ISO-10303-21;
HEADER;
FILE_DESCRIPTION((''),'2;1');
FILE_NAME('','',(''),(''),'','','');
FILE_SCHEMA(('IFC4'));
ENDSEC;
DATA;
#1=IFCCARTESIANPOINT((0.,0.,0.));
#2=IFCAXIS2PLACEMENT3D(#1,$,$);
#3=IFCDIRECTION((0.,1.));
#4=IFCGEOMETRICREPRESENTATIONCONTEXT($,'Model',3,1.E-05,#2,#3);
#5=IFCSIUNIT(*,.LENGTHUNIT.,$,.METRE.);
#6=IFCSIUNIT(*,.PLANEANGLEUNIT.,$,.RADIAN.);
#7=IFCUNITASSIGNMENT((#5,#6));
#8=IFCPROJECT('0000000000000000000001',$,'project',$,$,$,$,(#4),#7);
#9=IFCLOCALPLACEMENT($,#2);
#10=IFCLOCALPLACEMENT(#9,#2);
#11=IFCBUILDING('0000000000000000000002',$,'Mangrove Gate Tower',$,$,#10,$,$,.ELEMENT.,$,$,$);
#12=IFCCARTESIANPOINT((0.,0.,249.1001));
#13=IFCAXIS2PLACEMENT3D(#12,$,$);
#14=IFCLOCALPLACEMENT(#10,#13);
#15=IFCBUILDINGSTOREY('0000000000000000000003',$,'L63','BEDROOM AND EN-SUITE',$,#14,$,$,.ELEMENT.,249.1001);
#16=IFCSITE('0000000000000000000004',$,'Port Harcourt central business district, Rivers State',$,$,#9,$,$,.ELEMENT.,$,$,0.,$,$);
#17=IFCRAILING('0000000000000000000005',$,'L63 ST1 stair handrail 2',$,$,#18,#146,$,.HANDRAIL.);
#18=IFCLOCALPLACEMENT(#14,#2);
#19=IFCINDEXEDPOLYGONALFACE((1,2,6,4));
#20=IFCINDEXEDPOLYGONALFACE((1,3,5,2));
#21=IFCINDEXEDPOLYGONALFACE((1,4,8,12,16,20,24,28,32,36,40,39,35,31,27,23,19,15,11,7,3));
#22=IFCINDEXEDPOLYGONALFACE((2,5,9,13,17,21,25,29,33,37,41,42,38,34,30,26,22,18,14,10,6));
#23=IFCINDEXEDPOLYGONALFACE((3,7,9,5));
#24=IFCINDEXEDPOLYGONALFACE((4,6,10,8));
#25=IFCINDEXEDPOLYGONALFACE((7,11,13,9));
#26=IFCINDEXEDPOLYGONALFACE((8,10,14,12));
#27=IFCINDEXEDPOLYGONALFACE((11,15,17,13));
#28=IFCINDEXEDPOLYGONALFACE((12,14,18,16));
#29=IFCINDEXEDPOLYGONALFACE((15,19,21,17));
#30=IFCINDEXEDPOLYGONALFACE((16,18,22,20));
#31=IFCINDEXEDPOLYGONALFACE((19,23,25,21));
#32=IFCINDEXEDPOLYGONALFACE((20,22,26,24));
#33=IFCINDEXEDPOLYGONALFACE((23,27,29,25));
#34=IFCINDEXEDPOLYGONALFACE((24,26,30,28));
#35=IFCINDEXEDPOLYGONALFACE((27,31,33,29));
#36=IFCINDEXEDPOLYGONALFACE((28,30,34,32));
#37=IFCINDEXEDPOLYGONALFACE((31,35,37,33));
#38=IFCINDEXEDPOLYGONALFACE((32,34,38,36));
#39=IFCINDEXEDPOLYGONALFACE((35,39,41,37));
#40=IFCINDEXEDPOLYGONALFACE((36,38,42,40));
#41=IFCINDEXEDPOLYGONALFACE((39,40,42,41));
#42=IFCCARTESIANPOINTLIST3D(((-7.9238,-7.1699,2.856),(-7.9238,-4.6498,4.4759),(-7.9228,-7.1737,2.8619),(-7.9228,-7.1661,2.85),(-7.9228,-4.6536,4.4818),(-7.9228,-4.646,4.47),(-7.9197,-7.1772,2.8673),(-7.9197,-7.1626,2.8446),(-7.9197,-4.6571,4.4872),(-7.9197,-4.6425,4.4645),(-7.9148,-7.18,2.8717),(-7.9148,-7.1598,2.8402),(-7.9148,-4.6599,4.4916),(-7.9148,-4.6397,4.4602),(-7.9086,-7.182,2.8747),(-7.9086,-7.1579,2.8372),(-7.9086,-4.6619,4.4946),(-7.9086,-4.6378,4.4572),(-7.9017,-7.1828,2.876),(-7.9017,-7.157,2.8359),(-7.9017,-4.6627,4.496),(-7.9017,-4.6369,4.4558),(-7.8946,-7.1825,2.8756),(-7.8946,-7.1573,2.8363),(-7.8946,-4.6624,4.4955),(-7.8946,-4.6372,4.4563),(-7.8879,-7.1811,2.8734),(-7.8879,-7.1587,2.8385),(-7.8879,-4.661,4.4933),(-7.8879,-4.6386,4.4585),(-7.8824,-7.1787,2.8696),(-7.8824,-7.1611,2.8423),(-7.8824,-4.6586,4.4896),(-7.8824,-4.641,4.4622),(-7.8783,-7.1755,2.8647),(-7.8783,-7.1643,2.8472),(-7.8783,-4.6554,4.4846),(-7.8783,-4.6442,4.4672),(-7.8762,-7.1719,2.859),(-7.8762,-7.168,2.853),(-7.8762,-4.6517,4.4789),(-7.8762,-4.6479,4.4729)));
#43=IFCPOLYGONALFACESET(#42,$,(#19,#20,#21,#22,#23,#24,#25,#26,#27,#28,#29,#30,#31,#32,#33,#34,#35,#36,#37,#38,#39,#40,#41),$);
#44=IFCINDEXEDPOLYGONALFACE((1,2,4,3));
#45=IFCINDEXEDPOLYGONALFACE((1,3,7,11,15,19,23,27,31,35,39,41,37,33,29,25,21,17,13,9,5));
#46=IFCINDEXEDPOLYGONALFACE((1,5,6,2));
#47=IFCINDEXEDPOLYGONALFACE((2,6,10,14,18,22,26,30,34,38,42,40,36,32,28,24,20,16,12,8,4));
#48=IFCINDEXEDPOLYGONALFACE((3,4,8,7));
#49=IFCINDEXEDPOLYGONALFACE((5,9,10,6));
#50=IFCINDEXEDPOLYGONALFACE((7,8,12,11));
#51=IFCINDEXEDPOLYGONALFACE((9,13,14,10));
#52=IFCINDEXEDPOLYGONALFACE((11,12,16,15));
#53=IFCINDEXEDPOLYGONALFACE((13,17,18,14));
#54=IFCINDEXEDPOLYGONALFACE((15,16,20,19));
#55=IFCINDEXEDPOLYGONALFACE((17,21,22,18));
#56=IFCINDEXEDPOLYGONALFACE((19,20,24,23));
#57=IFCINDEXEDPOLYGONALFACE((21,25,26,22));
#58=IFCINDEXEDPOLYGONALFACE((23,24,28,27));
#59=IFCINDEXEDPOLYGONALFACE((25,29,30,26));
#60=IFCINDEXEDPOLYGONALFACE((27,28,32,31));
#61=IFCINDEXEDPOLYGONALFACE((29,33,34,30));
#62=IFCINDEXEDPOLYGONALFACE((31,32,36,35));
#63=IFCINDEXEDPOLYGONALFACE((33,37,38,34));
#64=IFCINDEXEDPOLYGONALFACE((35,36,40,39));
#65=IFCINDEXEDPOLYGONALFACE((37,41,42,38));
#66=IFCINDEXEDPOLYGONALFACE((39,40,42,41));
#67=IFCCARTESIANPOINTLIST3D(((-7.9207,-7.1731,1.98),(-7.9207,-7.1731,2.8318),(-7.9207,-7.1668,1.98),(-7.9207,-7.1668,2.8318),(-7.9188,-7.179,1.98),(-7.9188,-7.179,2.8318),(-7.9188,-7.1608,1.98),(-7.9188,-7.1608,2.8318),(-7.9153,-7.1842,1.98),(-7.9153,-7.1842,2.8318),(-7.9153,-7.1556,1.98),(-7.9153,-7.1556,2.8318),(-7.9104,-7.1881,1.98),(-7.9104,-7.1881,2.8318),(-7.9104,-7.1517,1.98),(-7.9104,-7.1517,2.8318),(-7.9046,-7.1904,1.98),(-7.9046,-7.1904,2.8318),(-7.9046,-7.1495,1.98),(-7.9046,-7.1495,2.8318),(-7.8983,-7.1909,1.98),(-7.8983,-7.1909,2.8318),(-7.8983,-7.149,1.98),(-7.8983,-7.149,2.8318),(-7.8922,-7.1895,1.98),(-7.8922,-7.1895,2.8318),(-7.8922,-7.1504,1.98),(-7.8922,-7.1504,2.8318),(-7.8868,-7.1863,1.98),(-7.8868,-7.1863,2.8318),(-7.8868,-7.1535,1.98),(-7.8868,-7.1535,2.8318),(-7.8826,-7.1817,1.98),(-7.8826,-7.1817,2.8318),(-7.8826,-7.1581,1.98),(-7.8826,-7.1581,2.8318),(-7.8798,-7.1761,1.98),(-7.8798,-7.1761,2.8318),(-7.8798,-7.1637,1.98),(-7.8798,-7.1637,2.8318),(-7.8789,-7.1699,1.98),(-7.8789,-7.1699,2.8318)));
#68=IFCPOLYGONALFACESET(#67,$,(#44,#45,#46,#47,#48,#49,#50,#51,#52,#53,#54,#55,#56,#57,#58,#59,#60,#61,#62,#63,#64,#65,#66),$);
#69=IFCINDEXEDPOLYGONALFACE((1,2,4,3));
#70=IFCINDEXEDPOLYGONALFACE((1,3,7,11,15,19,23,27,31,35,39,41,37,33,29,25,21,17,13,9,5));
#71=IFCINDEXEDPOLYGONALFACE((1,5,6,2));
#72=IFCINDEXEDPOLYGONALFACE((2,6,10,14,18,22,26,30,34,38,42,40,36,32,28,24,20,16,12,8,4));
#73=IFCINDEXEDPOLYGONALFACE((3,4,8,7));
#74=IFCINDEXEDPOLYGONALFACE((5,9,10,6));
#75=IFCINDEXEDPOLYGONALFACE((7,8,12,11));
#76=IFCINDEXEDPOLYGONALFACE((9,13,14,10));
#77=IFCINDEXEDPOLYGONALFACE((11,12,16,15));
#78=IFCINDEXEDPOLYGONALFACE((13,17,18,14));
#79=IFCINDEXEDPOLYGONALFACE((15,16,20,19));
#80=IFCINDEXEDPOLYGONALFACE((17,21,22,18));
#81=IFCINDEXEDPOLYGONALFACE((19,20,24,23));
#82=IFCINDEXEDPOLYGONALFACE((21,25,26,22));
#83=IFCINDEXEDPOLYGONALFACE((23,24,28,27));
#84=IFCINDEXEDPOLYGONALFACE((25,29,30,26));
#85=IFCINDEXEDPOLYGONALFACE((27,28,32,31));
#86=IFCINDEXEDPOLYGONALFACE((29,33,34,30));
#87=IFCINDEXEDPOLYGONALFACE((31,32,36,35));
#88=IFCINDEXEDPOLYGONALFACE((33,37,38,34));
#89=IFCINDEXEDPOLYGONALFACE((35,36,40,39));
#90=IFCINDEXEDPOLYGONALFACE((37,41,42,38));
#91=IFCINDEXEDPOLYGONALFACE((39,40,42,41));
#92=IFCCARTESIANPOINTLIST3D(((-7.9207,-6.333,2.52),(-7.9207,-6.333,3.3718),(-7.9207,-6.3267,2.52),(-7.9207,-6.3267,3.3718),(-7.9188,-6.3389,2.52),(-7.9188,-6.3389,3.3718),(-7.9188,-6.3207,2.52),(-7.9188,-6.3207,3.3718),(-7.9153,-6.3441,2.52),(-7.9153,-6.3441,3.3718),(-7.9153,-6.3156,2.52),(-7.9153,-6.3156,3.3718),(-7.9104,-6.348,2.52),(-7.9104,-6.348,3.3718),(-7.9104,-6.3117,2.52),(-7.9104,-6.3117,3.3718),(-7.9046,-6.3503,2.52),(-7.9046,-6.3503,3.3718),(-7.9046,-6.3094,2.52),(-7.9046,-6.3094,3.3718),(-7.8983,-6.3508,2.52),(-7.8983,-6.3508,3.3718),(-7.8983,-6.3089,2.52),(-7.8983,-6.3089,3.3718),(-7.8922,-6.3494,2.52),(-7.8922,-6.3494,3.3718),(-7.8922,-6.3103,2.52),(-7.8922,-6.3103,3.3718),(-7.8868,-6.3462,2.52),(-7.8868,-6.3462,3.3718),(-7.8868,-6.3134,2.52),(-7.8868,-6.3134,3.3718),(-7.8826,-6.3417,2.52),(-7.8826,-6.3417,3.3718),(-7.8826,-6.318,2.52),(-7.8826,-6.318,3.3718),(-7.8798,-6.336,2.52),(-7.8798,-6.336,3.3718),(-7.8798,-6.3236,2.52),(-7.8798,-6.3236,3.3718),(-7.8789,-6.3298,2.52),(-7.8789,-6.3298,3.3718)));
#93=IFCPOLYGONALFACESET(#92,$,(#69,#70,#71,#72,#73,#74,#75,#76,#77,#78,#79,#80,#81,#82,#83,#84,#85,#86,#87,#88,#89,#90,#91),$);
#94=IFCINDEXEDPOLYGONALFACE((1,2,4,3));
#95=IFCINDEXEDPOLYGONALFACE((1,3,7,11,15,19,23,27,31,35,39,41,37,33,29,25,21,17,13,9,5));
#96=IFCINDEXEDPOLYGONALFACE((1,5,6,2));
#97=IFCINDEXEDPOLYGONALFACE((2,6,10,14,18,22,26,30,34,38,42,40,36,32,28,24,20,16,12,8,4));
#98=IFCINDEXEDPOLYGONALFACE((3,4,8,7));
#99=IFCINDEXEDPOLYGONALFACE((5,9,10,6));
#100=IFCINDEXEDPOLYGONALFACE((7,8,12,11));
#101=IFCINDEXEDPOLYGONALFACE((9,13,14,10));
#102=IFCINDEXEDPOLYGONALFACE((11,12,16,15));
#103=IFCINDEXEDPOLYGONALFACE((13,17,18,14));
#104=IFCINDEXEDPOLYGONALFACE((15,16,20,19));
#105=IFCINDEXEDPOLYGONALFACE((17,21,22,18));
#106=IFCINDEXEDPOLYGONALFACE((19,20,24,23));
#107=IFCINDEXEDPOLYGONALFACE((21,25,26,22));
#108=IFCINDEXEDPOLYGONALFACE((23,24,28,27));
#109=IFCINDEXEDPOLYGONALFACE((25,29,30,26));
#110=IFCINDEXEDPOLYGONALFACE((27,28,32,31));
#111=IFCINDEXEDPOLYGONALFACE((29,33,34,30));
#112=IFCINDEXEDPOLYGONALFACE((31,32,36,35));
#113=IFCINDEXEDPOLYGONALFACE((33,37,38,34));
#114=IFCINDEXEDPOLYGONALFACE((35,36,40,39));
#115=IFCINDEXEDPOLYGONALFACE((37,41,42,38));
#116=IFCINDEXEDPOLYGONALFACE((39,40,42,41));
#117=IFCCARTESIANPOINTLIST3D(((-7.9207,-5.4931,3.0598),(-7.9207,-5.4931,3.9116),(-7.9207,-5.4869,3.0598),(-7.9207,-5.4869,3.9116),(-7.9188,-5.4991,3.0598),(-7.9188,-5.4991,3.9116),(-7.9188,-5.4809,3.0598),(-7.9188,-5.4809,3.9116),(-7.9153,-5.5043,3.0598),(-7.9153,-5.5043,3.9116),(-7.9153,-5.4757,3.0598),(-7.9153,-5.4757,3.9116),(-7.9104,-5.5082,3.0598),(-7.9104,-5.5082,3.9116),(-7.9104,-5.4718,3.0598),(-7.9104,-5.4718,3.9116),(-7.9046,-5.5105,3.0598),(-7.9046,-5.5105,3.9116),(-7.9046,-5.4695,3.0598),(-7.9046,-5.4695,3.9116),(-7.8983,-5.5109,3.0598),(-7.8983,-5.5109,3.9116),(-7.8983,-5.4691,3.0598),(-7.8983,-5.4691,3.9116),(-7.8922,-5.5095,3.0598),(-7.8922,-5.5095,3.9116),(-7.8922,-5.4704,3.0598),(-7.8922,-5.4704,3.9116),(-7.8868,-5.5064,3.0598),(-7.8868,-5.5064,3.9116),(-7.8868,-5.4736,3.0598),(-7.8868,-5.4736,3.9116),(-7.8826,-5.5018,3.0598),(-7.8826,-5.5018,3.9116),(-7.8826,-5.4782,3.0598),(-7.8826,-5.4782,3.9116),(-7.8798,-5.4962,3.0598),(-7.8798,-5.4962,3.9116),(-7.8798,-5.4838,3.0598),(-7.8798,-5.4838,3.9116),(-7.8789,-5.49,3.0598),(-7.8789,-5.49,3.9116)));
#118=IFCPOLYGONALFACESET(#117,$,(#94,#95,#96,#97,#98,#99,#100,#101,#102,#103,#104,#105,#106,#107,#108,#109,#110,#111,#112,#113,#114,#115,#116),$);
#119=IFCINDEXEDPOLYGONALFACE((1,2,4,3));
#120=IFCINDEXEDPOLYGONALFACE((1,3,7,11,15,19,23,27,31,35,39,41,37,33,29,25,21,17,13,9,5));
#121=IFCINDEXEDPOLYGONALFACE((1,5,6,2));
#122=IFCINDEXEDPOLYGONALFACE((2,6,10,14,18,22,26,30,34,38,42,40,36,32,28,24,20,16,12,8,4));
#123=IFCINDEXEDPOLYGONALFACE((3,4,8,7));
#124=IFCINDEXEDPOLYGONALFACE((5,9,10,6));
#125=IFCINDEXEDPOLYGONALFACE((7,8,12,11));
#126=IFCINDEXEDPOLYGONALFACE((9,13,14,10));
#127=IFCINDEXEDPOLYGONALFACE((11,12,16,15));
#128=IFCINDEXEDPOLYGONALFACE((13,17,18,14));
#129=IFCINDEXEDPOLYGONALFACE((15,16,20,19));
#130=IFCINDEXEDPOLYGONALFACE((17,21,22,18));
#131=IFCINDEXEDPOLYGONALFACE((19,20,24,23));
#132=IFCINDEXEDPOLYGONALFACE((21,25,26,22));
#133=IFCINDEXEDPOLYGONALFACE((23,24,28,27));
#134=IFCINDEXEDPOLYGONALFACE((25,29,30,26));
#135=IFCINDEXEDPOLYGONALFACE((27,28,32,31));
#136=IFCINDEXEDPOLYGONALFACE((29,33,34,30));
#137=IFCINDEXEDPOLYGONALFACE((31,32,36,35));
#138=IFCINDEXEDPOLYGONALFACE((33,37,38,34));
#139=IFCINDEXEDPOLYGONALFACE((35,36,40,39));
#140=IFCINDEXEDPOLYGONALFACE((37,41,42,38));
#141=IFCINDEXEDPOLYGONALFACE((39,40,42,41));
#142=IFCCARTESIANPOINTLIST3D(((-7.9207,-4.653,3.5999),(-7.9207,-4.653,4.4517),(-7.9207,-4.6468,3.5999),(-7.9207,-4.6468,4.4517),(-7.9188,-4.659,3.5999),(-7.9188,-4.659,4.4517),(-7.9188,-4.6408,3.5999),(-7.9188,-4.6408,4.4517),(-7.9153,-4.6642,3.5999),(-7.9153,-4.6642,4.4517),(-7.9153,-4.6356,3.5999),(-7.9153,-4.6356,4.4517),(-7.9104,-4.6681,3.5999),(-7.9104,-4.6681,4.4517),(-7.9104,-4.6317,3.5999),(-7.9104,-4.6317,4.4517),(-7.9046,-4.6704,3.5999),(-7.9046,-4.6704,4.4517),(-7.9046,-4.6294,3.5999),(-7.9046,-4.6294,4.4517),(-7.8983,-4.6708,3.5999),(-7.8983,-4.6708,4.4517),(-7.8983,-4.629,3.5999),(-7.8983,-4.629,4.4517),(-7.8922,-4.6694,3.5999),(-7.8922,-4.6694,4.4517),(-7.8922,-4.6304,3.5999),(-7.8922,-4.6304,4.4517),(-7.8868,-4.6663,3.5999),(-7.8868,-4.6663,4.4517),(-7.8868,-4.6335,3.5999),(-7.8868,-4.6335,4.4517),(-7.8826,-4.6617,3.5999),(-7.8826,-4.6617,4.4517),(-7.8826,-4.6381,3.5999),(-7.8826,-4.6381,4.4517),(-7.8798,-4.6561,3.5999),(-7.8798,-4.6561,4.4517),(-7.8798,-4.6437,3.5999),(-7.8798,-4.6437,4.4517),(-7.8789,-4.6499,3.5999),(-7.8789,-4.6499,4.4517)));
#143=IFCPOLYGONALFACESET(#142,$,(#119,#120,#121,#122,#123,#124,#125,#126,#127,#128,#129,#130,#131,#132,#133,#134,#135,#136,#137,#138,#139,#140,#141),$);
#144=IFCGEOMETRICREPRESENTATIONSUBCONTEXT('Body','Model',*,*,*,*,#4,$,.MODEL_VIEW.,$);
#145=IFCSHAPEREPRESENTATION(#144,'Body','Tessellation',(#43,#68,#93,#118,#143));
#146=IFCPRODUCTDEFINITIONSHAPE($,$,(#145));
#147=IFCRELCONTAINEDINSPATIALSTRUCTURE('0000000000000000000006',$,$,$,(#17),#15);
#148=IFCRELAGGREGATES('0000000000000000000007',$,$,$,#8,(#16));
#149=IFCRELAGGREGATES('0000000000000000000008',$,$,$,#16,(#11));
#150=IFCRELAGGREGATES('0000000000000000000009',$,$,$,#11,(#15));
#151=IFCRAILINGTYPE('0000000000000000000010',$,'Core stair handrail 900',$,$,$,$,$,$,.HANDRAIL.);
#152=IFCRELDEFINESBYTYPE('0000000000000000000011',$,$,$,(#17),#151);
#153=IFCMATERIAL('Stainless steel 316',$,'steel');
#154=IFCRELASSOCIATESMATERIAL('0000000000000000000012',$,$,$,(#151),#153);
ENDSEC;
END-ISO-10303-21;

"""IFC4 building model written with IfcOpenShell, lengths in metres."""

from ifc_helpers import new_model, si_unit, direction, frame, origin, origin_2d, place, context, subcontext, project, spatial, circle, extrude, material, type_object, element, save


model = new_model("IFC4")

# Units and contexts
model_context = context("Model", 3, precision=1e-05, world=origin(), true_north=direction((0.0, 1.0)))
body_context = subcontext(model_context, "Body", "Model", "MODEL_VIEW")
ifc_project = project(units=[si_unit("LENGTHUNIT", "METRE"), si_unit("PLANEANGLEUNIT", "RADIAN")], contexts=[model_context])

# Site, building, storey
site_placement = place(None, origin())
site = spatial("IfcSite", under=ifc_project, at=site_placement, Name="Port Harcourt central business district, Rivers State", CompositionType="ELEMENT", RefElevation=0.0)
building_placement = place(site_placement, origin())
building = spatial("IfcBuilding", under=site, at=building_placement, Name="Mangrove Gate Tower", CompositionType="ELEMENT")
storey_placement = place(building_placement, frame((0.0, 0.0, 249.1001)))
storey = spatial("IfcBuildingStorey", under=building, at=storey_placement, Name="L63", Description="BEDROOM AND EN-SUITE", CompositionType="ELEMENT", Elevation=249.1001)

# Railing
ifc_material_1 = material(Name="Stainless steel 316", Category="steel")
railing_type_1 = type_object("IfcRailingType", Name="Core stair handrail 900", PredefinedType="HANDRAIL", material=ifc_material_1)
railing_1_placement = place(storey_placement, frame((-7.8999, -7.1699, 1.98)))
element("IfcRailing", 1, at=railing_1_placement, inside=storey, type_object=railing_type_1, Name="L63 ST1 stair handrail 2", PredefinedType="HANDRAIL", context=body_context, shape_type="SweptSolid", body=[
    extrude(circle(Radius=0.0239, at=origin_2d()), frame((0.0, 0.0, 0.876), z_axis=(0.0, 0.8412, 0.540725), x_axis=(-1.0, 0.0, 0.0)), (0.0, 0.0, 1.0), 2.9958),
    extrude(circle(Radius=0.021, at=origin_2d()), origin(), (0.0, 0.0, 1.0), 0.8518),
    extrude(circle(Radius=0.021, at=origin_2d()), frame((0.0, 0.8401, 0.54)), (0.0, 0.0, 1.0), 0.8518),
    extrude(circle(Radius=0.021, at=origin_2d()), frame((0.0, 1.6799, 1.0798)), (0.0, 0.0, 1.0), 0.8518),
    extrude(circle(Radius=0.021, at=origin_2d()), frame((0.0, 2.52, 1.6199)), (0.0, 0.0, 1.0), 0.8518),
])

save(model, "model.ifc")
